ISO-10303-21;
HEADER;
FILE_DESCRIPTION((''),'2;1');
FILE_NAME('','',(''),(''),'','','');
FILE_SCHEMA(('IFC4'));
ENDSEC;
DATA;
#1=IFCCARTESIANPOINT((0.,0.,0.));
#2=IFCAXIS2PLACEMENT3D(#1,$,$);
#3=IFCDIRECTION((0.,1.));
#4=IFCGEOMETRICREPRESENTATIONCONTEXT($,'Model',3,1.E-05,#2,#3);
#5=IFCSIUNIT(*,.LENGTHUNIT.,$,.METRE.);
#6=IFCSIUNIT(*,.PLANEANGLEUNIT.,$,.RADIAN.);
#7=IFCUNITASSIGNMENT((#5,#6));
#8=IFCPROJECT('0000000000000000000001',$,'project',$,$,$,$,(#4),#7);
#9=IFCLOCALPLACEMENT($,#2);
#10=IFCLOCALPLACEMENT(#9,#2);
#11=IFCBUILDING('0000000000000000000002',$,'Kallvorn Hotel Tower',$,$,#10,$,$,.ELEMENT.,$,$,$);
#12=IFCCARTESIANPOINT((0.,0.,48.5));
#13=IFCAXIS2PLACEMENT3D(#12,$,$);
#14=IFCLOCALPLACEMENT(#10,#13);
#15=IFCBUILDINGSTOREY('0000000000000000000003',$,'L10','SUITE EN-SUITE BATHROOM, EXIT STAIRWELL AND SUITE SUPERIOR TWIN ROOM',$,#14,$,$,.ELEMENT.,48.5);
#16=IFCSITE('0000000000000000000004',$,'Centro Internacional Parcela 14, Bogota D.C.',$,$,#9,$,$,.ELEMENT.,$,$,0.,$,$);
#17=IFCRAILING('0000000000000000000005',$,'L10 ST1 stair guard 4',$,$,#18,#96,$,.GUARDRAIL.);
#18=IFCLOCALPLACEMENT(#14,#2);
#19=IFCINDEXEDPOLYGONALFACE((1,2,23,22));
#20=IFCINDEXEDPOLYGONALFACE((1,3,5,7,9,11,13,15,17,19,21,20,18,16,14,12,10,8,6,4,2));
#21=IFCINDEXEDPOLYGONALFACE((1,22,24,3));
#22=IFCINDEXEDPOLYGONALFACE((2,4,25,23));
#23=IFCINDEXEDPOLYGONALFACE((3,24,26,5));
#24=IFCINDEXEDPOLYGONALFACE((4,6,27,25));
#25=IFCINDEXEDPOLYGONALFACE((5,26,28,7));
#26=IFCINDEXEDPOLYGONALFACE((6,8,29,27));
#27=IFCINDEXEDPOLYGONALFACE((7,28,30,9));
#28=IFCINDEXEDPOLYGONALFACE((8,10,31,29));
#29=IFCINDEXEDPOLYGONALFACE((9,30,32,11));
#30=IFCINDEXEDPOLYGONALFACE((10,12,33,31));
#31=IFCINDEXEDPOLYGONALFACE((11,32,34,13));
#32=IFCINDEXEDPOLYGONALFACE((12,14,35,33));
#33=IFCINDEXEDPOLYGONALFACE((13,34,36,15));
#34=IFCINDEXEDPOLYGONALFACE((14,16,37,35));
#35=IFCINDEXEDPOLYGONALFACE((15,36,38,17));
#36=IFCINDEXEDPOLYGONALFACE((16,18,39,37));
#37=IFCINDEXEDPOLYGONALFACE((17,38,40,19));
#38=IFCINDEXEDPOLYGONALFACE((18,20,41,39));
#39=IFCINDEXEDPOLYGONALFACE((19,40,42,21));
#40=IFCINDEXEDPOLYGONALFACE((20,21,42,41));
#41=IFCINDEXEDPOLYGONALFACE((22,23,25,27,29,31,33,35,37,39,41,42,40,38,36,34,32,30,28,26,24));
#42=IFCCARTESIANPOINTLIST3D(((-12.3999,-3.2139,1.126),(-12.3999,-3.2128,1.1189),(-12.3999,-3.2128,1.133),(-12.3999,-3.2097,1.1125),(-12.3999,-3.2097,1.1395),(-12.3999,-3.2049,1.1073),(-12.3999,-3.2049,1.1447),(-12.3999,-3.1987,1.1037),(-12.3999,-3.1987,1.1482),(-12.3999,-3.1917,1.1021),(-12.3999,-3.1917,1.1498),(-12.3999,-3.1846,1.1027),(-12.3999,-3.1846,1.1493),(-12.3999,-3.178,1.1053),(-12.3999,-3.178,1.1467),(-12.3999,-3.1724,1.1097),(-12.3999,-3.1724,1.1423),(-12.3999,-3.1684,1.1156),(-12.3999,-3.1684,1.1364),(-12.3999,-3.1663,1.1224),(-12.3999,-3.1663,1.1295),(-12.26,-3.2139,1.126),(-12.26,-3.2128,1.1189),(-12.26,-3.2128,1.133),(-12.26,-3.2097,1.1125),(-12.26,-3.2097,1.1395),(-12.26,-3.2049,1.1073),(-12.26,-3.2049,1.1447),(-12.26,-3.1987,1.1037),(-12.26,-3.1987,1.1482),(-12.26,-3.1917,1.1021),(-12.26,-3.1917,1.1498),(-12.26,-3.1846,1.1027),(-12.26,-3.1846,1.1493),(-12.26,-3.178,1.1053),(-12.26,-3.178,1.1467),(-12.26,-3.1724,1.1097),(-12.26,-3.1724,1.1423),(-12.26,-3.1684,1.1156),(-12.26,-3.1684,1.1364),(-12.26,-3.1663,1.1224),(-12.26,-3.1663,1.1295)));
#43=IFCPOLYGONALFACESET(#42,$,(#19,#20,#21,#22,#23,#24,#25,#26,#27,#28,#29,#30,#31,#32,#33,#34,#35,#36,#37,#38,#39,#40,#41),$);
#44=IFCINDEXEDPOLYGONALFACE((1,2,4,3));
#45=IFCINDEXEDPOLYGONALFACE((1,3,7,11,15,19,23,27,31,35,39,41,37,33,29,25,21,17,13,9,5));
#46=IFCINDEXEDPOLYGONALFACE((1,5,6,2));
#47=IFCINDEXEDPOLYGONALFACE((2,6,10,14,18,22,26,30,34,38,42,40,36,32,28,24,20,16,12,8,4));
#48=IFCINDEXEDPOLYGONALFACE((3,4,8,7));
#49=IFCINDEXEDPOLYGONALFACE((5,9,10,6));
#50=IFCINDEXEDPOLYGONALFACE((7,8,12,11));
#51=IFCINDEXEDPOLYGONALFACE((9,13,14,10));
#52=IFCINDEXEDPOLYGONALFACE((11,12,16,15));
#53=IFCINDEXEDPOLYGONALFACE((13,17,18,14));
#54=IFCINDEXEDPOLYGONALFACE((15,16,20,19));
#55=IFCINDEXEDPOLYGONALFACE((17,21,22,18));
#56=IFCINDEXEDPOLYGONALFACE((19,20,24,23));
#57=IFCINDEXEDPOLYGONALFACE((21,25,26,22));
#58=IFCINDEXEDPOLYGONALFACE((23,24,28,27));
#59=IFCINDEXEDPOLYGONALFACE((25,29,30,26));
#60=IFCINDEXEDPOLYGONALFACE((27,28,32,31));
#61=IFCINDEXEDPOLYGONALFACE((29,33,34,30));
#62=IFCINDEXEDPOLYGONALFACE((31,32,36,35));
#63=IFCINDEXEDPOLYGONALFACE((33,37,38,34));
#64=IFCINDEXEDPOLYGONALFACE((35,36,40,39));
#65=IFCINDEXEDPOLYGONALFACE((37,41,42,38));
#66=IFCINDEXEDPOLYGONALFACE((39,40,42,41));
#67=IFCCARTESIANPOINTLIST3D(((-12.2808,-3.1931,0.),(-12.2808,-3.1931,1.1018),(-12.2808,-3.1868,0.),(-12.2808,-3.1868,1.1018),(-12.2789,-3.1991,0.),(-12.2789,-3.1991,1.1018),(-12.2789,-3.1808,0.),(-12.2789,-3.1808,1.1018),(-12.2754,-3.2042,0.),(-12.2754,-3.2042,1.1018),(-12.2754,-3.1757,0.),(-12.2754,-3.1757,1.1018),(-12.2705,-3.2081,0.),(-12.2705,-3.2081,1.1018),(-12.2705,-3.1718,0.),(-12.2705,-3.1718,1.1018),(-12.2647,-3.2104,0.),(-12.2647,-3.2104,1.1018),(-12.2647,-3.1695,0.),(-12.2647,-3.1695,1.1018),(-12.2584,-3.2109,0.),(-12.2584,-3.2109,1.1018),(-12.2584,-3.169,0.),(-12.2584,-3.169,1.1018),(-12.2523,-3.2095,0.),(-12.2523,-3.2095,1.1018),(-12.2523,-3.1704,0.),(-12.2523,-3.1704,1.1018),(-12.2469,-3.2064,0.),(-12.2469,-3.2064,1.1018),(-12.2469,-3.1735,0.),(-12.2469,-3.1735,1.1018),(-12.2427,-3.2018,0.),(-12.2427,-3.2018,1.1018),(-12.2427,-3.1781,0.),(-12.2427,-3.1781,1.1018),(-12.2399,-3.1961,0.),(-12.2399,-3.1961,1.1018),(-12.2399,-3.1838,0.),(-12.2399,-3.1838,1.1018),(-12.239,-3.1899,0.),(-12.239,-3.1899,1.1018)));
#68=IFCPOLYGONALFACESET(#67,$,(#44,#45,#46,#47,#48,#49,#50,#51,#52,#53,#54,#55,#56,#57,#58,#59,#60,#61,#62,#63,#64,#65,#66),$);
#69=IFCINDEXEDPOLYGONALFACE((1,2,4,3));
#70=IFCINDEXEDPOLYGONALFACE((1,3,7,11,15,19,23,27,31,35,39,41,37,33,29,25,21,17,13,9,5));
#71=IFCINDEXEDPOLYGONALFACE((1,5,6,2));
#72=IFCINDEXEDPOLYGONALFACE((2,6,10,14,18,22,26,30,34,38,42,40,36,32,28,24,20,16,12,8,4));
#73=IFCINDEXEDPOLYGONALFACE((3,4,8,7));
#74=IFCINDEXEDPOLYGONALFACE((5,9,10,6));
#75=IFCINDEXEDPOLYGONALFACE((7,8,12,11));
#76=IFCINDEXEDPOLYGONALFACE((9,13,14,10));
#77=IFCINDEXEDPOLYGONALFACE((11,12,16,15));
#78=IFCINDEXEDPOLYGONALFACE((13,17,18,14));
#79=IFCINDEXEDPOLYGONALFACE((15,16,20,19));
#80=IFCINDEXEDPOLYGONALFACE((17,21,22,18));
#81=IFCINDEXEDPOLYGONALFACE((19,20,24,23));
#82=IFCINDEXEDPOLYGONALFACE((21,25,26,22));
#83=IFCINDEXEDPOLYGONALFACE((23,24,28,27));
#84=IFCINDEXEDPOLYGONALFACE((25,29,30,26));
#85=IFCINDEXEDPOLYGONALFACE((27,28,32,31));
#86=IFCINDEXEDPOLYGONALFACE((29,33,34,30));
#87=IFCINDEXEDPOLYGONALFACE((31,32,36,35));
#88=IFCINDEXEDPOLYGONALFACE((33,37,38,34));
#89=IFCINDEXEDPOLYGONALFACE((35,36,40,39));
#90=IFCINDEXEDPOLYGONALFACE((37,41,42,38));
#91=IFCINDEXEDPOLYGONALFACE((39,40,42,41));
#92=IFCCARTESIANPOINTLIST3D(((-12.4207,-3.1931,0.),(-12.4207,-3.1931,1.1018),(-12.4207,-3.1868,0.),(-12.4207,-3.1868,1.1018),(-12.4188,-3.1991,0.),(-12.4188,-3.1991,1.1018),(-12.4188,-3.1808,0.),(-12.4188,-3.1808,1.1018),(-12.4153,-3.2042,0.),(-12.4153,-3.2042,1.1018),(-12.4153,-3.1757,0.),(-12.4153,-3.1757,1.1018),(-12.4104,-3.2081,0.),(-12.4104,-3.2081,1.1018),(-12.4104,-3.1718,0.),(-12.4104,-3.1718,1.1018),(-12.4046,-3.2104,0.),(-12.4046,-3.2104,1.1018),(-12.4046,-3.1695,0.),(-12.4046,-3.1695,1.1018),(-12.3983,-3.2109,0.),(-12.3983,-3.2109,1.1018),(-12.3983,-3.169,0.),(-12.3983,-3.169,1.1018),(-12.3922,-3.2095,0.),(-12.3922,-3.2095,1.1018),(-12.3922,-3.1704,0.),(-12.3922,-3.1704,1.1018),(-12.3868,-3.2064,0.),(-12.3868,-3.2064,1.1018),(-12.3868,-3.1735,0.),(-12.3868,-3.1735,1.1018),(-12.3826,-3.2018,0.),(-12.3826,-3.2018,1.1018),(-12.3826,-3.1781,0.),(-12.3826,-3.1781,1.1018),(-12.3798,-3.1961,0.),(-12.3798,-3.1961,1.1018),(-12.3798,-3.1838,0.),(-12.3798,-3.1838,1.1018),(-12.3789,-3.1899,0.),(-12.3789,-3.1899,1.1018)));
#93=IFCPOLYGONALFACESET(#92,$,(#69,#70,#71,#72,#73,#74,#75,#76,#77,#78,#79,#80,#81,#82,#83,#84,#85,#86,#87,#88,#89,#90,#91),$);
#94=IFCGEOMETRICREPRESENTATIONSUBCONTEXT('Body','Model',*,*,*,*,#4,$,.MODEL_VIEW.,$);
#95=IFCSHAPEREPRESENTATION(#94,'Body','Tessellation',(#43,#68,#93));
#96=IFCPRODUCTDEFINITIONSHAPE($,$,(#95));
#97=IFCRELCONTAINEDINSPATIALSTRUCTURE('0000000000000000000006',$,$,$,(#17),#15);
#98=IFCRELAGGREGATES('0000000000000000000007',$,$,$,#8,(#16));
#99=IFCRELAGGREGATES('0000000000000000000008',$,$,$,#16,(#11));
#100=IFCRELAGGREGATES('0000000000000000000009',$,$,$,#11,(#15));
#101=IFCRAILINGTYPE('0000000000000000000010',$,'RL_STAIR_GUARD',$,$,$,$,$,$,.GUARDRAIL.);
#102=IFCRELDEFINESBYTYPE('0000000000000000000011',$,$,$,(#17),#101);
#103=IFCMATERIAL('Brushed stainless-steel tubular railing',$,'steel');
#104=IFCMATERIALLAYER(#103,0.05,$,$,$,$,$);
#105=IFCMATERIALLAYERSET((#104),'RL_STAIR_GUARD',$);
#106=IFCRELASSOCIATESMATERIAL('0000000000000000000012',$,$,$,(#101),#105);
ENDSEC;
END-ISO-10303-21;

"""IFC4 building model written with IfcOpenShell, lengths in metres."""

from ifc_helpers import new_model, si_unit, direction, frame, origin, origin_2d, place, context, subcontext, project, spatial, circle, extrude, material, layer, layer_set, type_object, element, save


model = new_model("IFC4")

# Units and contexts
model_context = context("Model", 3, precision=1e-05, world=origin(), true_north=direction((0.0, 1.0)))
body_context = subcontext(model_context, "Body", "Model", "MODEL_VIEW")
ifc_project = project(units=[si_unit("LENGTHUNIT", "METRE"), si_unit("PLANEANGLEUNIT", "RADIAN")], contexts=[model_context])

# Site, building, storey
site_placement = place(None, origin())
site = spatial("IfcSite", under=ifc_project, at=site_placement, Name="Centro Internacional Parcela 14, Bogota D.C.", CompositionType="ELEMENT", RefElevation=0.0)
building_placement = place(site_placement, origin())
building = spatial("IfcBuilding", under=site, at=building_placement, Name="Kallvorn Hotel Tower", CompositionType="ELEMENT")
storey_placement = place(building_placement, frame((0.0, 0.0, 48.5)))
storey = spatial("IfcBuildingStorey", under=building, at=storey_placement, Name="L10", Description="SUITE EN-SUITE BATHROOM, EXIT STAIRWELL AND SUITE SUPERIOR TWIN ROOM", CompositionType="ELEMENT", Elevation=48.5)

# Railing
ifc_material_1 = material(Name="Brushed stainless-steel tubular railing", Category="steel")
ifc_layer_1 = layer(ifc_material_1, 0.05)
ifc_layer_set_1 = layer_set([ifc_layer_1], Name="RL_STAIR_GUARD")
railing_type = type_object("IfcRailingType", Name="RL_STAIR_GUARD", PredefinedType="GUARDRAIL", material=ifc_layer_set_1)
railing_1_placement = place(storey_placement, frame((-12.26, -3.1899, 0.0)))
element("IfcRailing", 1, at=railing_1_placement, inside=storey, type_object=railing_type, Name="L10 ST1 stair guard 4", PredefinedType="GUARDRAIL", context=body_context, shape_type="SweptSolid", body=[
    extrude(circle(Radius=0.0239, at=origin_2d()), frame((0.0, 0.0, 1.126), z_axis=(-1.0, 0.0, 0.0), x_axis=(0.0, -1.0, 0.0)), (0.0, 0.0, 1.0), 0.1399),
    extrude(circle(Radius=0.021, at=origin_2d()), origin(), (0.0, 0.0, 1.0), 1.1018),
    extrude(circle(Radius=0.021, at=origin_2d()), frame((-0.1399, 0.0, 0.0)), (0.0, 0.0, 1.0), 1.1018),
])

save(model, "model.ifc")
